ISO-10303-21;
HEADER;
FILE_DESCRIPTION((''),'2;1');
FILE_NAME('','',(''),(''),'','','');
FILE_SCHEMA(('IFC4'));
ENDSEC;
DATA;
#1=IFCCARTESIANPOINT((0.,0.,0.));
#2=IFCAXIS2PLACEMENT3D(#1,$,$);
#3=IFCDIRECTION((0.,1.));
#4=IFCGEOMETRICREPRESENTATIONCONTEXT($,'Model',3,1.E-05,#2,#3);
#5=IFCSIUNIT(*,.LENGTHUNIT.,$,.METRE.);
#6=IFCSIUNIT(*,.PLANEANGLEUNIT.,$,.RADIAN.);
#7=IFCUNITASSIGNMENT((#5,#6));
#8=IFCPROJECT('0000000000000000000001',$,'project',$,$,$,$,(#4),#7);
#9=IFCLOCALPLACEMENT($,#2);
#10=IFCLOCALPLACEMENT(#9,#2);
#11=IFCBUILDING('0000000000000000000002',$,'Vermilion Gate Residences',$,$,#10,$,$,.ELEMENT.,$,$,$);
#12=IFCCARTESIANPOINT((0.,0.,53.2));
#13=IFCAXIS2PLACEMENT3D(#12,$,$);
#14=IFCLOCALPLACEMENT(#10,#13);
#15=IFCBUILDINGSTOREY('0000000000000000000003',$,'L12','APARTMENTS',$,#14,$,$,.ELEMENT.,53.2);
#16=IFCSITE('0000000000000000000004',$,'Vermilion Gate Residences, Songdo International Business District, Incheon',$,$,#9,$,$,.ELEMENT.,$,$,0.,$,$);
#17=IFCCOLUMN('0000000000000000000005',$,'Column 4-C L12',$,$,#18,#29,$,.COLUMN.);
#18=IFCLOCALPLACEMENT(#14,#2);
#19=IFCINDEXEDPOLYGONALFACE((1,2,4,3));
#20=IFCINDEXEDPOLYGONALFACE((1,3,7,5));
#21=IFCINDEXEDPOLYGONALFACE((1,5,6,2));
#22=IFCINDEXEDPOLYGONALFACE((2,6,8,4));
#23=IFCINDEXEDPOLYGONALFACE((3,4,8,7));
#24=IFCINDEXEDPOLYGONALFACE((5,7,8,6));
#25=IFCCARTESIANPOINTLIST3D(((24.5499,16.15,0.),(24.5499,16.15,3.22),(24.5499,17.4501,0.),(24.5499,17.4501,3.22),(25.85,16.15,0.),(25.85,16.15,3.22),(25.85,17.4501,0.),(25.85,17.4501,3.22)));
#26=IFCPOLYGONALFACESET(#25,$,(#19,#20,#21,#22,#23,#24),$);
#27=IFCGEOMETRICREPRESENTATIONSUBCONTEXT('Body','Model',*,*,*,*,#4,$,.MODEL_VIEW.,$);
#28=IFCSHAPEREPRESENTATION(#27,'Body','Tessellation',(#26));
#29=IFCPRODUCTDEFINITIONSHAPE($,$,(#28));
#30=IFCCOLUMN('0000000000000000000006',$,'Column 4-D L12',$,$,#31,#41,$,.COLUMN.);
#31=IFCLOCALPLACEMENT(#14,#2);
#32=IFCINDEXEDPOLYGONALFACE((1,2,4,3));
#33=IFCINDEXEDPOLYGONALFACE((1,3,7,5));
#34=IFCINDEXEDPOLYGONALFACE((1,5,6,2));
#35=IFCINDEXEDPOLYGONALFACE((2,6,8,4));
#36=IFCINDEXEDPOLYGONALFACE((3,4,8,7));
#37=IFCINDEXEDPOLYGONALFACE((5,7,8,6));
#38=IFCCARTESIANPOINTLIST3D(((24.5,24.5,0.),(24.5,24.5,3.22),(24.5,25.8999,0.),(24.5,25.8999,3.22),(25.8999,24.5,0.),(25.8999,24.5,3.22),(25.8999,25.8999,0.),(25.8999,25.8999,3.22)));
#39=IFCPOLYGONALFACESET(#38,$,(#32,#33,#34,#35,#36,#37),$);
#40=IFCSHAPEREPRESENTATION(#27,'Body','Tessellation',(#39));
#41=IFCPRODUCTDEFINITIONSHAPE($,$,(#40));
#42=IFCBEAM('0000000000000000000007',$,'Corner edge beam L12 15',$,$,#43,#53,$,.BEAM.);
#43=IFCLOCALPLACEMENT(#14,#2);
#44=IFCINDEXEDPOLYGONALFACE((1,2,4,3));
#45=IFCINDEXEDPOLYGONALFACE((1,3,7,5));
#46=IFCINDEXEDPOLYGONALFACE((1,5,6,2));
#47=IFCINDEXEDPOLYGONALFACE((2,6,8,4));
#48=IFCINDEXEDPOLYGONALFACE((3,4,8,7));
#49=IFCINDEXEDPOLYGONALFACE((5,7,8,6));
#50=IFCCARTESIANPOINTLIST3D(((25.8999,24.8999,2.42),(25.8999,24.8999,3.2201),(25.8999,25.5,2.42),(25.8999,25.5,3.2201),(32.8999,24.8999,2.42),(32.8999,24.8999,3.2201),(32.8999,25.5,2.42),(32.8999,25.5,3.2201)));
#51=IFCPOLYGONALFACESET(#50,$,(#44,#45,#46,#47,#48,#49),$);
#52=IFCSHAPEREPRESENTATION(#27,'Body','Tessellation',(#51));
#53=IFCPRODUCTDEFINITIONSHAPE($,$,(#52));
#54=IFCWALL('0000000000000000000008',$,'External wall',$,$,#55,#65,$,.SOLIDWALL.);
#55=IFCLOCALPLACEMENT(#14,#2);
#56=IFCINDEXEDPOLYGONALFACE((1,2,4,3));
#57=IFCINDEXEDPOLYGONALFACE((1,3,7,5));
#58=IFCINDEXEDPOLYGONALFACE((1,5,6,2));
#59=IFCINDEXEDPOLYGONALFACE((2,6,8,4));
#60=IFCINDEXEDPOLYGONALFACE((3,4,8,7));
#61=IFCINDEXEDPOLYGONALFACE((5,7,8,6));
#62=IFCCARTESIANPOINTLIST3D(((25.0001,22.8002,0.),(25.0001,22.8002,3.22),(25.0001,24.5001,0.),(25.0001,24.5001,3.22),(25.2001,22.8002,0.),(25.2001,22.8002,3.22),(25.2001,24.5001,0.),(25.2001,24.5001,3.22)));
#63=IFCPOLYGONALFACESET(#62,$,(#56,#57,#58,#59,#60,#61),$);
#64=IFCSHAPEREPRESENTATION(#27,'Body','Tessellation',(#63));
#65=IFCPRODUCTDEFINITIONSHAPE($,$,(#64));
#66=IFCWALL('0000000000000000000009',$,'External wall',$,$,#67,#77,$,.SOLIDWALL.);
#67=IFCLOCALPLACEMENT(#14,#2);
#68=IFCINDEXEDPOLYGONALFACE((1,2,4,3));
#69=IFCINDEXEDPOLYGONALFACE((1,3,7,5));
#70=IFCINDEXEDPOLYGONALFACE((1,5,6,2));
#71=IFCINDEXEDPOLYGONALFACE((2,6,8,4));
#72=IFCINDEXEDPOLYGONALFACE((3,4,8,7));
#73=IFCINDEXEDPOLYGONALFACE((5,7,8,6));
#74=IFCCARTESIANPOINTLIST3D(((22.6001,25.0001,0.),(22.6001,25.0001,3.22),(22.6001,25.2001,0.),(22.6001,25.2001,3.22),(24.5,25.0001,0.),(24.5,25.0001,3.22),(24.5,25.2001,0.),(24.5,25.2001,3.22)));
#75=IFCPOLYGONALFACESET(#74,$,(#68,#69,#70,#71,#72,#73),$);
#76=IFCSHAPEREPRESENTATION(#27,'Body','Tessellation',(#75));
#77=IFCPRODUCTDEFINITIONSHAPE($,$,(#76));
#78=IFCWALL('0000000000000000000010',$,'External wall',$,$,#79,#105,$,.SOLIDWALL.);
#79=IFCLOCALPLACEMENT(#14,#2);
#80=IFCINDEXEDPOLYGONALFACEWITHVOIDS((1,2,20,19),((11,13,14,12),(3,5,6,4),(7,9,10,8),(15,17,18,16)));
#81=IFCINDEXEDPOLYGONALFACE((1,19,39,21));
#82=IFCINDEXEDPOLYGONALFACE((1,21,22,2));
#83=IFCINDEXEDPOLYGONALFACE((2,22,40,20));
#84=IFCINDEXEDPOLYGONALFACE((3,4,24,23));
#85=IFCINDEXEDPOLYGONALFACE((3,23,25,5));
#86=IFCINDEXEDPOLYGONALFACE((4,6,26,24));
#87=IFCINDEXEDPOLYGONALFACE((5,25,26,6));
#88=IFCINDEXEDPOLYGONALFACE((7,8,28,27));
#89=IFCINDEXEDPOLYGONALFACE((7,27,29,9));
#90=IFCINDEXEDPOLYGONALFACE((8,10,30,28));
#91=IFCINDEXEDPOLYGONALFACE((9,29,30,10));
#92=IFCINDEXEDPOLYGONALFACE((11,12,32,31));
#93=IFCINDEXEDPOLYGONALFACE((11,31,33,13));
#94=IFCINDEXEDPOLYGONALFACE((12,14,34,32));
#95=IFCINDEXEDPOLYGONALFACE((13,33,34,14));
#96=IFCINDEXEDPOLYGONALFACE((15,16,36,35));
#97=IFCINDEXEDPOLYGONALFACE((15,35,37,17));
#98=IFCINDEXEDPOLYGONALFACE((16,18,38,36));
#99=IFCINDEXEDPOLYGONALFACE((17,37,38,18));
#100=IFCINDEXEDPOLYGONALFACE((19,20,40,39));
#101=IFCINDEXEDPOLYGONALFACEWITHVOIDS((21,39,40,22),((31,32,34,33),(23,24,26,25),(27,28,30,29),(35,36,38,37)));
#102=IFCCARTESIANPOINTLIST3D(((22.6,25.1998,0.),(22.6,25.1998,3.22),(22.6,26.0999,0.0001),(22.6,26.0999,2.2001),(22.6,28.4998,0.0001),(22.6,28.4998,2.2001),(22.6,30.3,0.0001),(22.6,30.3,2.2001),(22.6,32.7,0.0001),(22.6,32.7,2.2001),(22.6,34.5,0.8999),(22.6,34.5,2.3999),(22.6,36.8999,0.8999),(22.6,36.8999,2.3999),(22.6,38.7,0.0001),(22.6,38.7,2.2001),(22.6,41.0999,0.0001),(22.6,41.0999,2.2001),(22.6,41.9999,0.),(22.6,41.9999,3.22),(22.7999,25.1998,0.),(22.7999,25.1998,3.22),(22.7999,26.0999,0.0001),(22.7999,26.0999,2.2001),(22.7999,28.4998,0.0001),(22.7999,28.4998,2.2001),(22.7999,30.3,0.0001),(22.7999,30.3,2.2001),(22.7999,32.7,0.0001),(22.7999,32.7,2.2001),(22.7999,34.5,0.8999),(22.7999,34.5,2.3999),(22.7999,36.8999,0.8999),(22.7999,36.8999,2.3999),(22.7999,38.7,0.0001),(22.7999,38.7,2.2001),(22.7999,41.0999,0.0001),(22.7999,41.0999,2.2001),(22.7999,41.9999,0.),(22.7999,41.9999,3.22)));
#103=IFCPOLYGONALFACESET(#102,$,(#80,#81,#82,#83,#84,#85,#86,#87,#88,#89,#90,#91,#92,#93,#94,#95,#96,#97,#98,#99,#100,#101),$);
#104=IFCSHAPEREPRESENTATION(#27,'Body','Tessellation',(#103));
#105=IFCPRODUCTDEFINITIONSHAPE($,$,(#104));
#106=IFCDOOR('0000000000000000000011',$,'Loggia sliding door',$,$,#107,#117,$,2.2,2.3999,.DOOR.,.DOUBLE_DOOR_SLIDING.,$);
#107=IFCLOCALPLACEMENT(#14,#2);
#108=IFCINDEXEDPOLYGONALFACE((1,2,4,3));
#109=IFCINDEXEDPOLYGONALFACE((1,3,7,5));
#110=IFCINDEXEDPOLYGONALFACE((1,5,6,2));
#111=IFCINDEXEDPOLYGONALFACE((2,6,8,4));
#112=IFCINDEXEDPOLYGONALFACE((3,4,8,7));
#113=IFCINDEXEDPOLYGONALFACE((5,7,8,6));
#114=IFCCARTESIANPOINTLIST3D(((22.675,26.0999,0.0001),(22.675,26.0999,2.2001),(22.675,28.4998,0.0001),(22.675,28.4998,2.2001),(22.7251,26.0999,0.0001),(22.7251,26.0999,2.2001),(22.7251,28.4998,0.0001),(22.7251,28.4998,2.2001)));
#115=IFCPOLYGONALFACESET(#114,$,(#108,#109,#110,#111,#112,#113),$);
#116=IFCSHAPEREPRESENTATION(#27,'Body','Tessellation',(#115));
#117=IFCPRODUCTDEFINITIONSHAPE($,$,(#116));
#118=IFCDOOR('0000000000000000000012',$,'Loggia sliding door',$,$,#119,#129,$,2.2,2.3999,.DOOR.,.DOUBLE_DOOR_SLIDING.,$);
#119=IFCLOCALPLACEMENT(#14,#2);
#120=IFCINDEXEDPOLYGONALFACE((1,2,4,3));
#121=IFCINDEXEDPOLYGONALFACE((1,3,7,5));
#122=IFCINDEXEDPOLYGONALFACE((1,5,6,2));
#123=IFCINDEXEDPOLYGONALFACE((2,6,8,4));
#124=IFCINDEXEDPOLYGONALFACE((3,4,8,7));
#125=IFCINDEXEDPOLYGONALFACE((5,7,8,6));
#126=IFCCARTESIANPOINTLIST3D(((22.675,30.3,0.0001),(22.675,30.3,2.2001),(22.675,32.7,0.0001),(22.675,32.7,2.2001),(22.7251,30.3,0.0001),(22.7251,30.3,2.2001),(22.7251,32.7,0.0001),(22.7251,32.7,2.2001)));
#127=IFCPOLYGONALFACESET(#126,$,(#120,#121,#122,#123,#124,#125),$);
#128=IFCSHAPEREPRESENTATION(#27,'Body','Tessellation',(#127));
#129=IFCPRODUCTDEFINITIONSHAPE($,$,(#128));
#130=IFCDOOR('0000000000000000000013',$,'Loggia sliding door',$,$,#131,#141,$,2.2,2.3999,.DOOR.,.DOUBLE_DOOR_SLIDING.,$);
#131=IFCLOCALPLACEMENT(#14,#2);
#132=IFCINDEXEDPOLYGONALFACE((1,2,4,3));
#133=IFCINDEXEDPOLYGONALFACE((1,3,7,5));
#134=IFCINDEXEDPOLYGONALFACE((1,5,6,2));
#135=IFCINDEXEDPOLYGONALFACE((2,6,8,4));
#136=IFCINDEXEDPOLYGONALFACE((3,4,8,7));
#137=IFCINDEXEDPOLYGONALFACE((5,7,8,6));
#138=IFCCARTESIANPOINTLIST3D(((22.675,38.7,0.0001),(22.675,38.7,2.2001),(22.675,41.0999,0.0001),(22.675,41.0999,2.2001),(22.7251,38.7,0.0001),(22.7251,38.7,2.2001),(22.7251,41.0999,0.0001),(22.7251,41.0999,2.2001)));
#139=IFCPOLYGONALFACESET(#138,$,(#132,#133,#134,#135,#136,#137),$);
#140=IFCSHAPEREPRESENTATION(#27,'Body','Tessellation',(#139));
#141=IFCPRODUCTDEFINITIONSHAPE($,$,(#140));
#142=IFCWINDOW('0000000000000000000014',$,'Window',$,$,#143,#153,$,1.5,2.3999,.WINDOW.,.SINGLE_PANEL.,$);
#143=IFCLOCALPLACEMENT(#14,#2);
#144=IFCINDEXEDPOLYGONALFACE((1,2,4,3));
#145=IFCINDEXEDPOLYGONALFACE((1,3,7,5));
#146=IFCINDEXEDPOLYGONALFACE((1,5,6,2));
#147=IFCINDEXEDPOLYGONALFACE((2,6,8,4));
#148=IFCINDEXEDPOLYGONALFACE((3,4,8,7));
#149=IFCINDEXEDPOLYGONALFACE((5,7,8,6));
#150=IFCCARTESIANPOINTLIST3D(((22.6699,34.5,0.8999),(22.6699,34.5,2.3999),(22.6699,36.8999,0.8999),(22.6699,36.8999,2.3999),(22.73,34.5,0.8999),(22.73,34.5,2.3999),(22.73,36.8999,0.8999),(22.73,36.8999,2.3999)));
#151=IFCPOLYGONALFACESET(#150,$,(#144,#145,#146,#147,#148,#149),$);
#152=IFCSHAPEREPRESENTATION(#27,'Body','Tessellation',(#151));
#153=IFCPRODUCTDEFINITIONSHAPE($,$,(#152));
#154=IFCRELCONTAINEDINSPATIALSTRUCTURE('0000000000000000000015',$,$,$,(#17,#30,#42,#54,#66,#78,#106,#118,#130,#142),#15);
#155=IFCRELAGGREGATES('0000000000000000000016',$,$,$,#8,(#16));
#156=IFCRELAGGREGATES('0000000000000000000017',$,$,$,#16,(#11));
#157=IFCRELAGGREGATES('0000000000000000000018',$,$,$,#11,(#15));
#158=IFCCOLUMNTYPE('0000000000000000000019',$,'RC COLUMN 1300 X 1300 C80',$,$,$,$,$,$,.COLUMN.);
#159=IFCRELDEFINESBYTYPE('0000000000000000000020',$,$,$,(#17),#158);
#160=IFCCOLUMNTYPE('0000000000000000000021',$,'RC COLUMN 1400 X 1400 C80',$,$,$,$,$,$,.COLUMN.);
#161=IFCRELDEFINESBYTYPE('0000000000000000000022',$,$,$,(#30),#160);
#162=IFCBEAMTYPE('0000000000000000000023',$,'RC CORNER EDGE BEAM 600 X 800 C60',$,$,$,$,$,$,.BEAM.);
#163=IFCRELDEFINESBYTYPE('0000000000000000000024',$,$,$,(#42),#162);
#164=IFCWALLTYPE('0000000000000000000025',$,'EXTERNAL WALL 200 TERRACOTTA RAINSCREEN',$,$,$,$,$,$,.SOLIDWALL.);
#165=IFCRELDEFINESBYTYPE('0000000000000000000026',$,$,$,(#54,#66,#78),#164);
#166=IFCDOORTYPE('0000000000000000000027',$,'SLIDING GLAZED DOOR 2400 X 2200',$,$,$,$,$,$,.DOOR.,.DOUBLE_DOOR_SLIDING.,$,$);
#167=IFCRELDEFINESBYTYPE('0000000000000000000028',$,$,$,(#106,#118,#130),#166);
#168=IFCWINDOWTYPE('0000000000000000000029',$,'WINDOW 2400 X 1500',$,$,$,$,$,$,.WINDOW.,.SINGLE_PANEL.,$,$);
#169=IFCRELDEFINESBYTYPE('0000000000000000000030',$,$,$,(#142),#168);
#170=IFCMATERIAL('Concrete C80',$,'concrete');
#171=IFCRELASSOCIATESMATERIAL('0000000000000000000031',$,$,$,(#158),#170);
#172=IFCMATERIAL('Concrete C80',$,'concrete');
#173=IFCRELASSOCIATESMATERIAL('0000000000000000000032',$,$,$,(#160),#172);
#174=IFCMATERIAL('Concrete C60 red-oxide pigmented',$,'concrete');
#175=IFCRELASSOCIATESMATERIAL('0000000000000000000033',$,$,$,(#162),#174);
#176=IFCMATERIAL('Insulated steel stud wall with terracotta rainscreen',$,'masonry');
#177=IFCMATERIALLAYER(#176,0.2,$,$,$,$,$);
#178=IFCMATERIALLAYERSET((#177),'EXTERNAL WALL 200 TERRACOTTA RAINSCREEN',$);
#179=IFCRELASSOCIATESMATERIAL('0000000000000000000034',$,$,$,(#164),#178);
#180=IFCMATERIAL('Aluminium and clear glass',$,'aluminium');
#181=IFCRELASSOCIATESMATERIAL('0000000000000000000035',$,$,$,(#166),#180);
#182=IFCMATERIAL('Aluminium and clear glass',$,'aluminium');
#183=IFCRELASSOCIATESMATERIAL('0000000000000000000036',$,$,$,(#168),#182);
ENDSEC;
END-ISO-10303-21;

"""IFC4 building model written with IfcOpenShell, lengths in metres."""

from ifc_helpers import new_model, si_unit, direction, frame, frame_2d, origin, origin_2d, place, context, subcontext, project, spatial, rectangle, extrude, material, layer, layer_set, material_profile, profile_set, type_object, element, fill, save


model = new_model("IFC4")

# Units and contexts
model_context = context("Model", 3, precision=1e-05, world=origin(), true_north=direction((0.0, 1.0)))
body_context = subcontext(model_context, "Body", "Model", "MODEL_VIEW")
ifc_project = project(units=[si_unit("LENGTHUNIT", "METRE"), si_unit("PLANEANGLEUNIT", "RADIAN")], contexts=[model_context])

# Site, building, storey
site_placement = place(None, origin())
site = spatial("IfcSite", under=ifc_project, at=site_placement, Name="Vermilion Gate Residences, Songdo International Business District, Incheon", CompositionType="ELEMENT", RefElevation=0.0)
building_placement = place(site_placement, origin())
building = spatial("IfcBuilding", under=site, at=building_placement, Name="Vermilion Gate Residences", CompositionType="ELEMENT")
storey_placement = place(building_placement, frame((0.0, 0.0, 53.2)))
storey = spatial("IfcBuildingStorey", under=building, at=storey_placement, Name="L12", Description="APARTMENTS", CompositionType="ELEMENT", Elevation=53.2)

# Columns
ifc_material_1 = material(Name="Concrete C80", Category="concrete")
ifc_material_profile_1 = material_profile(ifc_material_1, rectangle(XDim=1.3, YDim=1.3, at=origin_2d()), Name="RC-1300x1300")
ifc_profile_set_1 = profile_set([ifc_material_profile_1], Name="Concrete C80")
column_type_1 = type_object("IfcColumnType", Name="RC COLUMN 1300 X 1300 C80", PredefinedType="COLUMN", material=ifc_profile_set_1)
column_1_placement = place(storey_placement, frame((25.2, 16.8, 0.0), z_axis=(0.0, 0.0, 1.0), x_axis=(1.0, 0.0, 0.0)))
element("IfcColumn", 1, at=column_1_placement, inside=storey, type_object=column_type_1, Name="Column 4-C L12", PredefinedType="COLUMN", context=body_context, shape_type="SweptSolid", body=[
    extrude(rectangle(XDim=1.3, YDim=1.3, at=origin_2d()), origin(), (0.0, 0.0, 1.0), 3.22),
])
ifc_material_2 = material(Name="Concrete C80", Category="concrete")
ifc_material_profile_2 = material_profile(ifc_material_2, rectangle(XDim=1.3999, YDim=1.3999, at=origin_2d()), Name="RC-1400x1400")
ifc_profile_set_2 = profile_set([ifc_material_profile_2], Name="Concrete C80")
column_type_2 = type_object("IfcColumnType", Name="RC COLUMN 1400 X 1400 C80", PredefinedType="COLUMN", material=ifc_profile_set_2)
column_2_placement = place(storey_placement, frame((25.2, 25.2, 0.0), z_axis=(0.0, 0.0, 1.0), x_axis=(1.0, 0.0, 0.0)))
element("IfcColumn", 2, at=column_2_placement, inside=storey, type_object=column_type_2, Name="Column 4-D L12", PredefinedType="COLUMN", context=body_context, shape_type="SweptSolid", body=[
    extrude(rectangle(XDim=1.3999, YDim=1.3999, at=origin_2d()), origin(), (0.0, 0.0, 1.0), 3.22),
])

# Beam
ifc_material_3 = material(Name="Concrete C60 red-oxide pigmented", Category="concrete")
ifc_material_profile_3 = material_profile(ifc_material_3, rectangle(XDim=0.6001, YDim=0.8, at=origin_2d()), Name="RC-600x800")
ifc_profile_set_3 = profile_set([ifc_material_profile_3], Name="Concrete C60 red-oxide pigmented")
beam_type = type_object("IfcBeamType", Name="RC CORNER EDGE BEAM 600 X 800 C60", PredefinedType="BEAM", material=ifc_profile_set_3)
beam_placement = place(storey_placement, frame((25.8999, 25.2, 2.8201), z_axis=(1.0, 0.0, 0.0), x_axis=(0.0, 1.0, 0.0)))
element("IfcBeam", 3, at=beam_placement, inside=storey, type_object=beam_type, Name="Corner edge beam L12 15", PredefinedType="BEAM", context=body_context, shape_type="SweptSolid", body=[
    extrude(rectangle(XDim=0.6001, YDim=0.8, at=origin_2d()), origin(), (0.0, 0.0, 1.0), 7.0),
])

# Walls
ifc_material_4 = material(Name="Insulated steel stud wall with terracotta rainscreen", Category="masonry")
ifc_layer_1 = layer(ifc_material_4, 0.2)
ifc_layer_set_1 = layer_set([ifc_layer_1], Name="EXTERNAL WALL 200 TERRACOTTA RAINSCREEN")
wall_type_1 = type_object("IfcWallType", Name="EXTERNAL WALL 200 TERRACOTTA RAINSCREEN", PredefinedType="SOLIDWALL", material=ifc_layer_set_1)
wall_1_placement = place(storey_placement, frame((25.1001, 22.8, 0.0), z_axis=(0.0, 0.0, 1.0), x_axis=(0.0, 1.0, 0.0)))
element("IfcWall", 4, at=wall_1_placement, inside=storey, type_object=wall_type_1, Name="External wall", PredefinedType="SOLIDWALL", context=body_context, shape_type="SweptSolid", body=[
    extrude(rectangle(XDim=1.7, YDim=0.2, at=frame_2d((0.8501, 0.0))), origin(), (0.0, 0.0, 1.0), 3.22),
])
wall_2_placement = place(storey_placement, frame((24.5, 25.1001, 0.0), z_axis=(0.0, 0.0, 1.0), x_axis=(-1.0, 0.0, 0.0)))
element("IfcWall", 5, at=wall_2_placement, inside=storey, type_object=wall_type_1, Name="External wall", PredefinedType="SOLIDWALL", context=body_context, shape_type="SweptSolid", body=[
    extrude(rectangle(XDim=1.8999, YDim=0.2, at=frame_2d((0.95, 0.0))), origin(), (0.0, 0.0, 1.0), 3.22),
])

# Wall, openings, doors, window
wall_3_placement = place(storey_placement, frame((22.7, 25.2, 0.0), z_axis=(0.0, 0.0, 1.0), x_axis=(0.0, 1.0, 0.0)))
wall_3 = element("IfcWall", 6, at=wall_3_placement, inside=storey, type_object=wall_type_1, Name="External wall", PredefinedType="SOLIDWALL", context=body_context, shape_type="SweptSolid", body=[
    extrude(rectangle(XDim=16.8, YDim=0.2, at=frame_2d((8.3999, 0.0))), origin(), (0.0, 0.0, 1.0), 3.22),
])
opening_1_placement = place(wall_3_placement, frame((0.8999, 0.0, 0.0)))
opening_1 = element("IfcOpeningElement", 7, at=opening_1_placement, cuts=wall_3, PredefinedType="OPENING", context=body_context, shape_type="SweptSolid", body=[
    extrude(rectangle(XDim=2.3999, YDim=2.2, at=frame_2d((1.2, 1.1001))), frame((0.0, 0.1099, 0.0), z_axis=(0.0, -1.0, 0.0), x_axis=(1.0, 0.0, 0.0)), (0.0, 0.0, 1.0), 0.22),
])
opening_2_placement = place(wall_3_placement, frame((5.1001, 0.0, 0.0)))
opening_2 = element("IfcOpeningElement", 8, at=opening_2_placement, cuts=wall_3, PredefinedType="OPENING", context=body_context, shape_type="SweptSolid", body=[
    extrude(rectangle(XDim=2.3999, YDim=2.2, at=frame_2d((1.2, 1.1001))), frame((0.0, 0.1099, 0.0), z_axis=(0.0, -1.0, 0.0), x_axis=(1.0, 0.0, 0.0)), (0.0, 0.0, 1.0), 0.22),
])
opening_3_placement = place(wall_3_placement, frame((9.3, 0.0, 0.8999)))
opening_3 = element("IfcOpeningElement", 9, at=opening_3_placement, cuts=wall_3, PredefinedType="OPENING", context=body_context, shape_type="SweptSolid", body=[
    extrude(rectangle(XDim=2.3999, YDim=1.5, at=frame_2d((1.2, 0.75))), frame((0.0, 0.1099, 0.0), z_axis=(0.0, -1.0, 0.0), x_axis=(1.0, 0.0, 0.0)), (0.0, 0.0, 1.0), 0.22),
])
opening_4_placement = place(wall_3_placement, frame((13.5, 0.0, 0.0)))
opening_4 = element("IfcOpeningElement", 10, at=opening_4_placement, cuts=wall_3, PredefinedType="OPENING", context=body_context, shape_type="SweptSolid", body=[
    extrude(rectangle(XDim=2.3999, YDim=2.2, at=frame_2d((1.2, 1.1001))), frame((0.0, 0.1099, 0.0), z_axis=(0.0, -1.0, 0.0), x_axis=(1.0, 0.0, 0.0)), (0.0, 0.0, 1.0), 0.22),
])
ifc_material_5 = material(Name="Aluminium and clear glass", Category="aluminium")
door_type_1 = type_object("IfcDoorType", Name="SLIDING GLAZED DOOR 2400 X 2200", OperationType="DOUBLE_DOOR_SLIDING", PredefinedType="DOOR", material=ifc_material_5)
door_1_placement = place(opening_1_placement, origin())
door_1 = element("IfcDoor", 11, at=door_1_placement, inside=storey, type_object=door_type_1, Name="Loggia sliding door", OperationType="DOUBLE_DOOR_SLIDING", OverallHeight=2.2, OverallWidth=2.3999, PredefinedType="DOOR", context=body_context, shape_type="SweptSolid", body=[
    extrude(rectangle(XDim=2.3999, YDim=2.2, at=frame_2d((1.2, 1.1001))), frame((0.0, 0.0249, 0.0), z_axis=(0.0, -1.0, 0.0), x_axis=(1.0, 0.0, 0.0)), (0.0, 0.0, 1.0), 0.05),
])
fill(opening_1, door_1)
door_2_placement = place(opening_2_placement, origin())
door_2 = element("IfcDoor", 12, at=door_2_placement, inside=storey, type_object=door_type_1, Name="Loggia sliding door", OperationType="DOUBLE_DOOR_SLIDING", OverallHeight=2.2, OverallWidth=2.3999, PredefinedType="DOOR", context=body_context, shape_type="SweptSolid", body=[
    extrude(rectangle(XDim=2.3999, YDim=2.2, at=frame_2d((1.2, 1.1001))), frame((0.0, 0.0249, 0.0), z_axis=(0.0, -1.0, 0.0), x_axis=(1.0, 0.0, 0.0)), (0.0, 0.0, 1.0), 0.05),
])
fill(opening_2, door_2)
door_3_placement = place(opening_4_placement, origin())
door_3 = element("IfcDoor", 13, at=door_3_placement, inside=storey, type_object=door_type_1, Name="Loggia sliding door", OperationType="DOUBLE_DOOR_SLIDING", OverallHeight=2.2, OverallWidth=2.3999, PredefinedType="DOOR", context=body_context, shape_type="SweptSolid", body=[
    extrude(rectangle(XDim=2.3999, YDim=2.2, at=frame_2d((1.2, 1.1001))), frame((0.0, 0.0249, 0.0), z_axis=(0.0, -1.0, 0.0), x_axis=(1.0, 0.0, 0.0)), (0.0, 0.0, 1.0), 0.05),
])
fill(opening_4, door_3)
ifc_material_6 = material(Name="Aluminium and clear glass", Category="aluminium")
window_type = type_object("IfcWindowType", Name="WINDOW 2400 X 1500", PartitioningType="SINGLE_PANEL", PredefinedType="WINDOW", material=ifc_material_6)
window_placement = place(opening_3_placement, origin())
window = element("IfcWindow", 14, at=window_placement, inside=storey, type_object=window_type, Name="Window", OverallHeight=1.5, OverallWidth=2.3999, PartitioningType="SINGLE_PANEL", PredefinedType="WINDOW", context=body_context, shape_type="SweptSolid", body=[
    extrude(rectangle(XDim=2.3999, YDim=1.5, at=frame_2d((1.2, 0.75))), frame((0.0, 0.03, 0.0), z_axis=(0.0, -1.0, 0.0), x_axis=(1.0, 0.0, 0.0)), (0.0, 0.0, 1.0), 0.0601),
])
fill(opening_3, window)

save(model, "model.ifc")
